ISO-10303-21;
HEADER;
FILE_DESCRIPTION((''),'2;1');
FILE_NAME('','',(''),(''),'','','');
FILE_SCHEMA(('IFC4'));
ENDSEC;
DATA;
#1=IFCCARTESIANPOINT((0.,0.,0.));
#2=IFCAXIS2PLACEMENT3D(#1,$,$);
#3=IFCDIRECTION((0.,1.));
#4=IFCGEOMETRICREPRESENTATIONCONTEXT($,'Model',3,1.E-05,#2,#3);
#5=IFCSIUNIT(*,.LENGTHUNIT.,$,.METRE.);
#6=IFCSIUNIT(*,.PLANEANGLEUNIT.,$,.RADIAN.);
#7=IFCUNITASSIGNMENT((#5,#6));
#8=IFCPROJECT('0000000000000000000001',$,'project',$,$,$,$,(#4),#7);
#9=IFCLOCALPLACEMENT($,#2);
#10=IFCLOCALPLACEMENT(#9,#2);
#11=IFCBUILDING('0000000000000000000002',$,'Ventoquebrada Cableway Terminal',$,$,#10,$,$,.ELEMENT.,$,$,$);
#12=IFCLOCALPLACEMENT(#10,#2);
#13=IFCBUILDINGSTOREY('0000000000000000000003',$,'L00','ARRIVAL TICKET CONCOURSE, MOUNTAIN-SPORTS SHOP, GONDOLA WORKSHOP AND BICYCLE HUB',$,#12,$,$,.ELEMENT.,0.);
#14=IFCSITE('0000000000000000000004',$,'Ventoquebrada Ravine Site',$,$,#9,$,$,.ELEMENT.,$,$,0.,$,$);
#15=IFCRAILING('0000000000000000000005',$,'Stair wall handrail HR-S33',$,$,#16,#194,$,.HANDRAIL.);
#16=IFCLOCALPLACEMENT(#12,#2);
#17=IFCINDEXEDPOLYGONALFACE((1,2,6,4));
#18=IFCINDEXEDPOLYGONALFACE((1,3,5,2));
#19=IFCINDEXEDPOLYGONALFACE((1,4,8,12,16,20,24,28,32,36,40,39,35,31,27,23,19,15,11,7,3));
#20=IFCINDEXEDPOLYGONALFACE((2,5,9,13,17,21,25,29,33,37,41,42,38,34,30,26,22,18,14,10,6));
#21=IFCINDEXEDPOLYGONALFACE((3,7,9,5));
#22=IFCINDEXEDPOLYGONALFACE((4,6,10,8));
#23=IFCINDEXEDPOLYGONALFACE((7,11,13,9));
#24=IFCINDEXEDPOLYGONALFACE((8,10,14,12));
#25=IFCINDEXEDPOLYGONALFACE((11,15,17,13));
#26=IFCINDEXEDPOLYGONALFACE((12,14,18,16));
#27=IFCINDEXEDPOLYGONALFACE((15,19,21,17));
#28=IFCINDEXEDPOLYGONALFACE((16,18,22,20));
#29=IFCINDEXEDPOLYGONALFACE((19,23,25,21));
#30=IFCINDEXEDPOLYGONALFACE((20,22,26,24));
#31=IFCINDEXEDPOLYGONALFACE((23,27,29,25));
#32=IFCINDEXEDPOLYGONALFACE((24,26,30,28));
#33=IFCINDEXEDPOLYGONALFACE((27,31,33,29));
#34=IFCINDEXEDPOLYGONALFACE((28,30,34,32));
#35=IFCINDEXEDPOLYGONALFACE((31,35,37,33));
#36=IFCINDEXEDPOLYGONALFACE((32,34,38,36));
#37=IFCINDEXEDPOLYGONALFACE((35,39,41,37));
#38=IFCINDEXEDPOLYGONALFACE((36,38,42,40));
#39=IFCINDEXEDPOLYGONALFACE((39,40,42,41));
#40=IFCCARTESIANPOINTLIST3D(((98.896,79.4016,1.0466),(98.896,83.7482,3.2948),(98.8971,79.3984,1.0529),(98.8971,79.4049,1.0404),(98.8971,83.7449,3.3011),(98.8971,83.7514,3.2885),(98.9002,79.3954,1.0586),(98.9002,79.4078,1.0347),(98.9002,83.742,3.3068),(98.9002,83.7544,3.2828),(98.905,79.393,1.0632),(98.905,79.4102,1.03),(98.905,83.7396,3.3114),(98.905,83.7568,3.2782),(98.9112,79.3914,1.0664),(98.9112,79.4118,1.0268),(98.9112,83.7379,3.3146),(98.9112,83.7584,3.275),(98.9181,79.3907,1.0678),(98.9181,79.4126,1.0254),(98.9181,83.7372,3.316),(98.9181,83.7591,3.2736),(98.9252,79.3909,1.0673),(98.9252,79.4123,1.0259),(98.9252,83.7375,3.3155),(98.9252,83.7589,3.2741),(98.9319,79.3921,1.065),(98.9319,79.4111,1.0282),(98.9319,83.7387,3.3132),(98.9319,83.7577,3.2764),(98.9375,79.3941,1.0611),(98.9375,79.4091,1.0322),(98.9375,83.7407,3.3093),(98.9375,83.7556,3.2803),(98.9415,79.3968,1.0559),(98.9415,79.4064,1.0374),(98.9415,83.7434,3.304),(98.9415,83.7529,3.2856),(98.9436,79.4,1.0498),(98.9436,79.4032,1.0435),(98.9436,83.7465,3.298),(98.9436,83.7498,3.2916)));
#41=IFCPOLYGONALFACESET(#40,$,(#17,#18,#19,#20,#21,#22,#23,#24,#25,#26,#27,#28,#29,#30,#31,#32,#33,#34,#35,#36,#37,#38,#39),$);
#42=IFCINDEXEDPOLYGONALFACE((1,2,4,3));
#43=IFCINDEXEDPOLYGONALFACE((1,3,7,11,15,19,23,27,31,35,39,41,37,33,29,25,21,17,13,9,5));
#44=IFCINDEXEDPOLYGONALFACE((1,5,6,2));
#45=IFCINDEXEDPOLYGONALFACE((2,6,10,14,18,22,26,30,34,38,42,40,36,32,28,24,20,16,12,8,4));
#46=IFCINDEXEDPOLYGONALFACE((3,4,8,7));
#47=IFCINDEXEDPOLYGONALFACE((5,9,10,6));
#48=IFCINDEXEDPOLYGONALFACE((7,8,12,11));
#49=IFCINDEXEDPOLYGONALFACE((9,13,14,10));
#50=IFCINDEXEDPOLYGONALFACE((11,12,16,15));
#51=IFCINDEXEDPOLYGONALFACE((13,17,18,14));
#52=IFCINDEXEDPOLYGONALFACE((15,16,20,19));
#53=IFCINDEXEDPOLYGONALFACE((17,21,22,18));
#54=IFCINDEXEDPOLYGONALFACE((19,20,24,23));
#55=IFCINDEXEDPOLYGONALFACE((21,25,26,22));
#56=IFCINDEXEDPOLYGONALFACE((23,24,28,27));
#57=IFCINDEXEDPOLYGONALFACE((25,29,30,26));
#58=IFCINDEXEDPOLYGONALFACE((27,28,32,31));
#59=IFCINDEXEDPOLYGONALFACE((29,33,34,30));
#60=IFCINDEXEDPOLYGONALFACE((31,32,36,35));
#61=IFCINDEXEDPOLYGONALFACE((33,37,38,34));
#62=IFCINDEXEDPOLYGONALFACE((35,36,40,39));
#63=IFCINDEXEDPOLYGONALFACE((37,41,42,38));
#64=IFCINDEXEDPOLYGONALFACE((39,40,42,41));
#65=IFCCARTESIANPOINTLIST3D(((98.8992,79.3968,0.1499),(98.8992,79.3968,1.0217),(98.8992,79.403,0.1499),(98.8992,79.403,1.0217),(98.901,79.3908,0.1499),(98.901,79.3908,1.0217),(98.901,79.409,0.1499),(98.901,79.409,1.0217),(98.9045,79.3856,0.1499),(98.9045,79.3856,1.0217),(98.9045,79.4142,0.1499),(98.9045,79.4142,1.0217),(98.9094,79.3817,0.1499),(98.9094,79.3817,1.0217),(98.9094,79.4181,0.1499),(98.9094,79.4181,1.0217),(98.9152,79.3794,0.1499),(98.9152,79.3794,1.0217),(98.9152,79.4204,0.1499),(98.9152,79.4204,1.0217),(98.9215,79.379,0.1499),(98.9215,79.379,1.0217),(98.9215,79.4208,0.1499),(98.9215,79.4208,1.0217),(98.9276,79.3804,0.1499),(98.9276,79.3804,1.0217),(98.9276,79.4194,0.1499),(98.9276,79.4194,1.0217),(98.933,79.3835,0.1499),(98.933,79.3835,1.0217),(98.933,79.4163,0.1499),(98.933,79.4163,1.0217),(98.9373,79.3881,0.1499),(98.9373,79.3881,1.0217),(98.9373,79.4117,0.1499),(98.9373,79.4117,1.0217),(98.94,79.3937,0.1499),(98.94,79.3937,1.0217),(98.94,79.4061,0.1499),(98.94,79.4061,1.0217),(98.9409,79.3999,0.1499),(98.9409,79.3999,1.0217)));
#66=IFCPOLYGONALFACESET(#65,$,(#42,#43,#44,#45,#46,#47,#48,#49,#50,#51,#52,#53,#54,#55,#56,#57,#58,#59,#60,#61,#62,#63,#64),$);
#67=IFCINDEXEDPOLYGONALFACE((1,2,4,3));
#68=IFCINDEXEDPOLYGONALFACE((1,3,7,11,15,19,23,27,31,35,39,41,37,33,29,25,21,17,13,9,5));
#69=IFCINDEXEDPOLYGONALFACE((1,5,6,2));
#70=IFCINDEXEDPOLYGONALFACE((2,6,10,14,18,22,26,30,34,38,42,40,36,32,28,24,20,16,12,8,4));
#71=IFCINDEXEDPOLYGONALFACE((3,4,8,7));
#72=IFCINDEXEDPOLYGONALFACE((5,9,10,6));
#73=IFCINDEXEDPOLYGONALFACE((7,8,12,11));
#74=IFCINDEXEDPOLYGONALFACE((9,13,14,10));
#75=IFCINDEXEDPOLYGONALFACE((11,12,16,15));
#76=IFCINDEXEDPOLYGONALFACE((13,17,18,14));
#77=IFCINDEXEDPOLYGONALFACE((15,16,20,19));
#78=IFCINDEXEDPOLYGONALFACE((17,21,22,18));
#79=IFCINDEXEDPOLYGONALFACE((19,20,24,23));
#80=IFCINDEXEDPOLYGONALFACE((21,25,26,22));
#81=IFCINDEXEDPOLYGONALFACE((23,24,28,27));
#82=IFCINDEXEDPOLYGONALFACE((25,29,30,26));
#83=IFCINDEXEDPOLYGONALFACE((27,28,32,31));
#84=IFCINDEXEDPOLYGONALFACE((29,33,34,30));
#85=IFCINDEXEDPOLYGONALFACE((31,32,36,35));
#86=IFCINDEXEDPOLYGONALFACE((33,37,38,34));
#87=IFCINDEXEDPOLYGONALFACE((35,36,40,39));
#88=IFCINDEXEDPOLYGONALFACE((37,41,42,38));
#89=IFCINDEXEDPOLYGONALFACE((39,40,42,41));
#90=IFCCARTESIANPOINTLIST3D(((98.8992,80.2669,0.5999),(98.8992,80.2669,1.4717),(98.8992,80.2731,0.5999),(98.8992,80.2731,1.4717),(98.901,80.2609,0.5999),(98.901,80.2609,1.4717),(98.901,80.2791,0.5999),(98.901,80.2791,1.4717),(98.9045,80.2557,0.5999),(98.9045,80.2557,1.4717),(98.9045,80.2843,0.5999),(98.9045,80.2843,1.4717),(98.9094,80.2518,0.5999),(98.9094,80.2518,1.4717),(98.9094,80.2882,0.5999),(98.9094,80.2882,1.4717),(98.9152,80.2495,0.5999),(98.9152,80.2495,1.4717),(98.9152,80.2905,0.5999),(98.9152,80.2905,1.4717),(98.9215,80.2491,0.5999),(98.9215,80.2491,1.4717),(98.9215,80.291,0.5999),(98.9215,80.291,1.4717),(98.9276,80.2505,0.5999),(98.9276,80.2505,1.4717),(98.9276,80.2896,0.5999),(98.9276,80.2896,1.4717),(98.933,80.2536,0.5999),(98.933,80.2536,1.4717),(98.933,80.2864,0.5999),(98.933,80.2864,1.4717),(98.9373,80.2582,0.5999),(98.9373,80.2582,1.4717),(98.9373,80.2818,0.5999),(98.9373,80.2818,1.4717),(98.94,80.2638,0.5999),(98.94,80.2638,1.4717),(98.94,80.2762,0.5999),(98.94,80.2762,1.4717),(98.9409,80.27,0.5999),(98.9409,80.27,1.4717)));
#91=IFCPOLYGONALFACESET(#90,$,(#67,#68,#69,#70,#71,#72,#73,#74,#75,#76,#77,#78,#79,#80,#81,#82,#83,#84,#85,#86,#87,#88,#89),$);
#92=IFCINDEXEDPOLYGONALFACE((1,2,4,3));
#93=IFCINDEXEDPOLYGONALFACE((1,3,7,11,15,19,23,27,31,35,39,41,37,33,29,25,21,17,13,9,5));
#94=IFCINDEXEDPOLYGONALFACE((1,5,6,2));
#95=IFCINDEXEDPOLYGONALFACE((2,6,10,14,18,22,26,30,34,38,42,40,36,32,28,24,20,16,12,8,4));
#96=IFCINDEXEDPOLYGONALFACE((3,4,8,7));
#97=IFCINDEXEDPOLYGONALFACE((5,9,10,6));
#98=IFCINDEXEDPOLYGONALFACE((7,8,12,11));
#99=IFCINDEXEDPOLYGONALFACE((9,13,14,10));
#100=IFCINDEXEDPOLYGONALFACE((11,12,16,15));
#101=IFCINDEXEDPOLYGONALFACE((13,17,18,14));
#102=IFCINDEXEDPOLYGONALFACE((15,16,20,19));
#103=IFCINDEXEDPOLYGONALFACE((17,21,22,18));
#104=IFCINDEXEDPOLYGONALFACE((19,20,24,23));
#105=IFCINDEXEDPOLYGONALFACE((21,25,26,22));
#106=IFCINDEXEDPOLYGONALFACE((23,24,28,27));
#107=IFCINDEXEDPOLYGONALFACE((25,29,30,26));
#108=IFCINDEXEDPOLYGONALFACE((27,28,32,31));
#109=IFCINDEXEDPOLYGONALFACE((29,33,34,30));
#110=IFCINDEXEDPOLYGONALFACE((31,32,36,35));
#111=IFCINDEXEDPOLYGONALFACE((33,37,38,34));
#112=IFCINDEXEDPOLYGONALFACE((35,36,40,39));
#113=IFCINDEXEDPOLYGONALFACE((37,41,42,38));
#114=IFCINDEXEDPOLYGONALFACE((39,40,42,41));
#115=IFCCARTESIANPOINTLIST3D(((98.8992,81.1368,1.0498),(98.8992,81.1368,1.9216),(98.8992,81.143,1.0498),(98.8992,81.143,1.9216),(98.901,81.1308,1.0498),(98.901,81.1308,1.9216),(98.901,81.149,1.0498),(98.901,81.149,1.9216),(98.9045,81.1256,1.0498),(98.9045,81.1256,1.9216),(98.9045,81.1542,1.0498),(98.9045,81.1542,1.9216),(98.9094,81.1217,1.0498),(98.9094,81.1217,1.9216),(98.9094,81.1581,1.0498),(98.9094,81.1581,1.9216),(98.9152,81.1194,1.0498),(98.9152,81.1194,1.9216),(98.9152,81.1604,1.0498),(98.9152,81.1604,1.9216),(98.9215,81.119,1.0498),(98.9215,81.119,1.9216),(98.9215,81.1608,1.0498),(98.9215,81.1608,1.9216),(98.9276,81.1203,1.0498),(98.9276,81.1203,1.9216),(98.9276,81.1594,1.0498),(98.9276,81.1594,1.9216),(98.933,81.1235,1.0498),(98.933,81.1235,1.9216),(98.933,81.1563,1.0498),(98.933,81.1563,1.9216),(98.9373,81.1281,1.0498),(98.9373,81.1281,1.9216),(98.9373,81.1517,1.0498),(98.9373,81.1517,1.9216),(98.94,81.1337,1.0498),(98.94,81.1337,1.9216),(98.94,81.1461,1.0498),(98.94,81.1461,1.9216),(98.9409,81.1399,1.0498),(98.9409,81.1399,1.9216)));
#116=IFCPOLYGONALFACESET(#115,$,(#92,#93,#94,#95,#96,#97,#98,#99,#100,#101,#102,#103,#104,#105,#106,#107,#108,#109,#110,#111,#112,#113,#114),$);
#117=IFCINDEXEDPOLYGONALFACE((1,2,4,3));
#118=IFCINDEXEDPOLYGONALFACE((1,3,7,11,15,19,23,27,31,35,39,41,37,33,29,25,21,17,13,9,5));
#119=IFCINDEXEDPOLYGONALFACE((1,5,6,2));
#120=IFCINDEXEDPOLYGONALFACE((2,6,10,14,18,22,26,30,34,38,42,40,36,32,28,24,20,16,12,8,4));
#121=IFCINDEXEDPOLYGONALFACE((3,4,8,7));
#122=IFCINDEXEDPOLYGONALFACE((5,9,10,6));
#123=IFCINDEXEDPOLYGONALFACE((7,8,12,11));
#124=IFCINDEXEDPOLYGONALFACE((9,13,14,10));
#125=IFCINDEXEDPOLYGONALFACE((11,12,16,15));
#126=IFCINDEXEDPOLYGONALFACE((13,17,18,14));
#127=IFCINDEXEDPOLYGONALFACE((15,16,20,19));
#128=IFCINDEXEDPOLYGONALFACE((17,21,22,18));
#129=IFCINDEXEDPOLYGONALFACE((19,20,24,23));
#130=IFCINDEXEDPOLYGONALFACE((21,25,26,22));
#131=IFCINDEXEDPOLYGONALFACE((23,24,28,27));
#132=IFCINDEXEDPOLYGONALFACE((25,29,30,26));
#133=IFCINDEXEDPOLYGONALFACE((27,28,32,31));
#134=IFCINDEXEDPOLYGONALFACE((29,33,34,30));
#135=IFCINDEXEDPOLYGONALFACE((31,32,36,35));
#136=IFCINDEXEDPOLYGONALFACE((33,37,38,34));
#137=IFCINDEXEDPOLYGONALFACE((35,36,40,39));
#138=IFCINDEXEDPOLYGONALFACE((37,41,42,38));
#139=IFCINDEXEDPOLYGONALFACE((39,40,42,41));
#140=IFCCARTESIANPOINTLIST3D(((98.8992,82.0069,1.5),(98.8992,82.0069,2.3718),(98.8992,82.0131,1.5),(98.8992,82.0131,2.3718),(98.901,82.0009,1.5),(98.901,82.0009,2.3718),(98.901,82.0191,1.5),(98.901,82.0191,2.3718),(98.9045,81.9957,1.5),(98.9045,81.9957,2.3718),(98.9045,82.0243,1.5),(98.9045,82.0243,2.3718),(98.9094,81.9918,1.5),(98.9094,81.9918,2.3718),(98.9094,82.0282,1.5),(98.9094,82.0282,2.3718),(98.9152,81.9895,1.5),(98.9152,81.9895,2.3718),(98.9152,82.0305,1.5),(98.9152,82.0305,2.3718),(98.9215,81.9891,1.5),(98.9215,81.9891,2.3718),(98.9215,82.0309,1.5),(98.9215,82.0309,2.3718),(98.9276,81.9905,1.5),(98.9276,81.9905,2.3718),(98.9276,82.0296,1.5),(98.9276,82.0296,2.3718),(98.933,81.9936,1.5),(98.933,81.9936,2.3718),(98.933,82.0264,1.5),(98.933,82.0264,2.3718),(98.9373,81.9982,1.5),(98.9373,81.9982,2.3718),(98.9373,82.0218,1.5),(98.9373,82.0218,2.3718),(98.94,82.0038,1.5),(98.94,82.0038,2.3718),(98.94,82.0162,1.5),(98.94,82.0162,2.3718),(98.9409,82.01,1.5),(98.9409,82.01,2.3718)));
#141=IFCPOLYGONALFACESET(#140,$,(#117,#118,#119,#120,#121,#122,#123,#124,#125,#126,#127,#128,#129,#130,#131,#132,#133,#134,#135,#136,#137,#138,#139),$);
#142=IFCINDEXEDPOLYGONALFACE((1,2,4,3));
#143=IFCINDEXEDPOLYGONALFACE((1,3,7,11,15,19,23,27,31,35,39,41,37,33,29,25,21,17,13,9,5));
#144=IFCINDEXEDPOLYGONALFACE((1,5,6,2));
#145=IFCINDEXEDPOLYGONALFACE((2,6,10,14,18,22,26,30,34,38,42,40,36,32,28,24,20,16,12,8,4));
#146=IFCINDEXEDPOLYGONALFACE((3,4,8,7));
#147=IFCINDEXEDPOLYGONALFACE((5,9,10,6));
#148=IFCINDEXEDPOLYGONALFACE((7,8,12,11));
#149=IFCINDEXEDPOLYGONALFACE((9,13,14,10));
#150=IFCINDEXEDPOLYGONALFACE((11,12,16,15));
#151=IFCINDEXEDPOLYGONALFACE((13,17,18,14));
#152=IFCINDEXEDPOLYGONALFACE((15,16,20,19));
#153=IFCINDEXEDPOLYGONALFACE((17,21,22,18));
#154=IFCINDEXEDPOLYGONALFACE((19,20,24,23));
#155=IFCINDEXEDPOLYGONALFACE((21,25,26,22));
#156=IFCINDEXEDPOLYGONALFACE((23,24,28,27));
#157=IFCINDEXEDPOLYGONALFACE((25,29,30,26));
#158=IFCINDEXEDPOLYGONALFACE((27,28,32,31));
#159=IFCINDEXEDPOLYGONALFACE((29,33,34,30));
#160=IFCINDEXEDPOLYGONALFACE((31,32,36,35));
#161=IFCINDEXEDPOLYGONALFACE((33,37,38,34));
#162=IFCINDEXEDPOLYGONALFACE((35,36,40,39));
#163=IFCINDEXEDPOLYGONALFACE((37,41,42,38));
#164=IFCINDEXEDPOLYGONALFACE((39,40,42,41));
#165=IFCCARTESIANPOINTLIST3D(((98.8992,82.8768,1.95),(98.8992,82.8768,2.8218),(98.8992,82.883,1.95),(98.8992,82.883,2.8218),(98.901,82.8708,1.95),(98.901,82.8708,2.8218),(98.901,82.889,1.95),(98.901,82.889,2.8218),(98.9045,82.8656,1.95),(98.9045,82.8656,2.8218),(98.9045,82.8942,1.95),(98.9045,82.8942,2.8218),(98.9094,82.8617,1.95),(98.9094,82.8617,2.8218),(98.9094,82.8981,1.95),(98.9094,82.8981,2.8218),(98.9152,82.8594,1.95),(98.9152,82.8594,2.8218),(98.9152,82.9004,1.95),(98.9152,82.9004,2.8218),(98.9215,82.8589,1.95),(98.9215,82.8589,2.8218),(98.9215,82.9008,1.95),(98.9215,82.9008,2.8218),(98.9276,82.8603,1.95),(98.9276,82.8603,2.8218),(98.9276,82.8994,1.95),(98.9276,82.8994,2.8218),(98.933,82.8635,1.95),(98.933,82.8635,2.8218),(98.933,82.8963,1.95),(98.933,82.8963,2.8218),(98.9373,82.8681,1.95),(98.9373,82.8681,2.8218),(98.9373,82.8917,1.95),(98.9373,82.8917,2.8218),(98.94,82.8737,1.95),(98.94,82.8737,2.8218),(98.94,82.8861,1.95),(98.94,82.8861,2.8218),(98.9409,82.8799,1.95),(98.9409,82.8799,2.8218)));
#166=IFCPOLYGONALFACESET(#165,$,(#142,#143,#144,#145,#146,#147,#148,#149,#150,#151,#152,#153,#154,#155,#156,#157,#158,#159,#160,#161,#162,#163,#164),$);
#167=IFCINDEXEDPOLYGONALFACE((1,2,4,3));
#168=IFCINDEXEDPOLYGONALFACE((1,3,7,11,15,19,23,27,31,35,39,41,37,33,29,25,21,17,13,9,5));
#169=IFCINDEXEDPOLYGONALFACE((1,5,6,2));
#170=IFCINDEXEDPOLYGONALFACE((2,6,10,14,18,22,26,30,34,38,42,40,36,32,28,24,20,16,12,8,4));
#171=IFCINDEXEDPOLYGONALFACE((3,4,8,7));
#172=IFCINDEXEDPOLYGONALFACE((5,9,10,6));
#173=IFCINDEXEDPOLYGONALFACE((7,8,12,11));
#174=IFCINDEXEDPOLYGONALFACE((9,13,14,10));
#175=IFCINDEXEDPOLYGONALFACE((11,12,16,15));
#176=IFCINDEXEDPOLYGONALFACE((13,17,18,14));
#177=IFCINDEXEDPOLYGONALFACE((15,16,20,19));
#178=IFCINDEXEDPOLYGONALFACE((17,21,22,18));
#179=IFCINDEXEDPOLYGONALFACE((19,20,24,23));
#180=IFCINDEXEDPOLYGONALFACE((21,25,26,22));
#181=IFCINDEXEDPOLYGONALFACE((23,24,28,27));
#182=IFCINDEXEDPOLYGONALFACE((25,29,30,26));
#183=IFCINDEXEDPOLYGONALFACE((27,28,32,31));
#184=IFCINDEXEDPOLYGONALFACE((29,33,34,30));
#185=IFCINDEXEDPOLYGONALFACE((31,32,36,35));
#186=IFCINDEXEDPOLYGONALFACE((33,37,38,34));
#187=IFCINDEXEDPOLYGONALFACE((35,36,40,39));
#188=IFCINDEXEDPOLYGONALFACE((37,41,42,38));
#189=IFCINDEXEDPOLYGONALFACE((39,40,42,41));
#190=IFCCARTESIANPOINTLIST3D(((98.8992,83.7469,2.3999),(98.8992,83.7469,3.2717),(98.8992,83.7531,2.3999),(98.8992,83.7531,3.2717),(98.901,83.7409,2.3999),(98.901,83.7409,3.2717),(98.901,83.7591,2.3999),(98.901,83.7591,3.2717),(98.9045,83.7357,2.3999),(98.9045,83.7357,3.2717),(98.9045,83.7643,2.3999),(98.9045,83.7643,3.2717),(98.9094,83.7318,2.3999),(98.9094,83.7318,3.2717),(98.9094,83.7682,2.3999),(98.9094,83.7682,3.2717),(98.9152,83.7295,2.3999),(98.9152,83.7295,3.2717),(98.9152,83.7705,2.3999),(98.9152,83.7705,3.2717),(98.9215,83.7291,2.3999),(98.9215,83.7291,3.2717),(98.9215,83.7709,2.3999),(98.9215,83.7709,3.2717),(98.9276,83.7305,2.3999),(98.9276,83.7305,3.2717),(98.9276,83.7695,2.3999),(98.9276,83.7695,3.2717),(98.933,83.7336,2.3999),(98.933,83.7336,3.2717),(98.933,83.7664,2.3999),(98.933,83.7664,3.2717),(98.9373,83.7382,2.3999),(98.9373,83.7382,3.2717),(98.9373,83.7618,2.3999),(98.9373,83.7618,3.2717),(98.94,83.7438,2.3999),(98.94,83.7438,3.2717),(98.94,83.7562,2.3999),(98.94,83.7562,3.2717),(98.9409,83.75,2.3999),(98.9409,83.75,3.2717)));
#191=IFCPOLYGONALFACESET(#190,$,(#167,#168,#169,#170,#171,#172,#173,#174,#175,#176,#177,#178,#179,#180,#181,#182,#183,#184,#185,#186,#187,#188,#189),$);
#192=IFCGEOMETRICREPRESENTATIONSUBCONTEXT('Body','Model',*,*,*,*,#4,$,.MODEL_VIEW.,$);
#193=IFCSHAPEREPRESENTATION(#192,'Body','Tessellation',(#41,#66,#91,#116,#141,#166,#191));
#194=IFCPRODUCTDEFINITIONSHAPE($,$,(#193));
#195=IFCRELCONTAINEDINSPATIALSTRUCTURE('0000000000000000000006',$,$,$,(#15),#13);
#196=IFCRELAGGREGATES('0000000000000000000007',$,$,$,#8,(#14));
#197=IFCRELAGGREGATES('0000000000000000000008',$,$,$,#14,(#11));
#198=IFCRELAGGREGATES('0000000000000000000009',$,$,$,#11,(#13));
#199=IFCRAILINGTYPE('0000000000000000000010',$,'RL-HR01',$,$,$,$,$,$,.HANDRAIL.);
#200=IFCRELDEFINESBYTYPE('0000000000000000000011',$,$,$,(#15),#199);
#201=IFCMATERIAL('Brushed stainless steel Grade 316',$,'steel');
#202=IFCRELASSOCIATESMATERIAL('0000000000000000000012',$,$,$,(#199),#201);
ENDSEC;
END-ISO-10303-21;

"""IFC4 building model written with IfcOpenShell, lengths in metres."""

from ifc_helpers import new_model, si_unit, direction, frame, origin, origin_2d, place, context, subcontext, project, spatial, circle, extrude, material, type_object, element, save


model = new_model("IFC4")

# Units and contexts
model_context = context("Model", 3, precision=1e-05, world=origin(), true_north=direction((0.0, 1.0)))
body_context = subcontext(model_context, "Body", "Model", "MODEL_VIEW")
ifc_project = project(units=[si_unit("LENGTHUNIT", "METRE"), si_unit("PLANEANGLEUNIT", "RADIAN")], contexts=[model_context])

# Site, building, storey
site_placement = place(None, origin())
site = spatial("IfcSite", under=ifc_project, at=site_placement, Name="Ventoquebrada Ravine Site", CompositionType="ELEMENT", RefElevation=0.0)
building_placement = place(site_placement, origin())
building = spatial("IfcBuilding", under=site, at=building_placement, Name="Ventoquebrada Cableway Terminal", CompositionType="ELEMENT")
storey_placement = place(building_placement, origin())
storey = spatial("IfcBuildingStorey", under=building, at=storey_placement, Name="L00", Description="ARRIVAL TICKET CONCOURSE, MOUNTAIN-SPORTS SHOP, GONDOLA WORKSHOP AND BICYCLE HUB", CompositionType="ELEMENT", Elevation=0.0)

# Railing
ifc_material_1 = material(Name="Brushed stainless steel Grade 316", Category="steel")
railing_type_1 = type_object("IfcRailingType", Name="RL-HR01", PredefinedType="HANDRAIL", material=ifc_material_1)
railing_1_placement = place(storey_placement, frame((98.9199, 79.3999, 0.1499)))
element("IfcRailing", 1, at=railing_1_placement, inside=storey, type_object=railing_type_1, Name="Stair wall handrail HR-S33", PredefinedType="HANDRAIL", context=body_context, shape_type="SweptSolid", body=[
    extrude(circle(Radius=0.0239, at=origin_2d()), frame((0.0, 0.0017, 0.8967), z_axis=(0.0, 0.888222, 0.459415), x_axis=(-1.0, 0.0, 0.0)), (0.0, 0.0, 1.0), 4.8936),
    extrude(circle(Radius=0.021, at=origin_2d()), origin(), (0.0, 0.0, 1.0), 0.8718),
    extrude(circle(Radius=0.021, at=origin_2d()), frame((0.0, 0.8701, 0.45)), (0.0, 0.0, 1.0), 0.8718),
    extrude(circle(Radius=0.021, at=origin_2d()), frame((0.0, 1.74, 0.8999)), (0.0, 0.0, 1.0), 0.8718),
    extrude(circle(Radius=0.021, at=origin_2d()), frame((0.0, 2.6101, 1.3501)), (0.0, 0.0, 1.0), 0.8718),
    extrude(circle(Radius=0.021, at=origin_2d()), frame((0.0, 3.48, 1.8)), (0.0, 0.0, 1.0), 0.8718),
    extrude(circle(Radius=0.021, at=origin_2d()), frame((0.0, 4.3501, 2.25)), (0.0, 0.0, 1.0), 0.8718),
])

save(model, "model.ifc")
